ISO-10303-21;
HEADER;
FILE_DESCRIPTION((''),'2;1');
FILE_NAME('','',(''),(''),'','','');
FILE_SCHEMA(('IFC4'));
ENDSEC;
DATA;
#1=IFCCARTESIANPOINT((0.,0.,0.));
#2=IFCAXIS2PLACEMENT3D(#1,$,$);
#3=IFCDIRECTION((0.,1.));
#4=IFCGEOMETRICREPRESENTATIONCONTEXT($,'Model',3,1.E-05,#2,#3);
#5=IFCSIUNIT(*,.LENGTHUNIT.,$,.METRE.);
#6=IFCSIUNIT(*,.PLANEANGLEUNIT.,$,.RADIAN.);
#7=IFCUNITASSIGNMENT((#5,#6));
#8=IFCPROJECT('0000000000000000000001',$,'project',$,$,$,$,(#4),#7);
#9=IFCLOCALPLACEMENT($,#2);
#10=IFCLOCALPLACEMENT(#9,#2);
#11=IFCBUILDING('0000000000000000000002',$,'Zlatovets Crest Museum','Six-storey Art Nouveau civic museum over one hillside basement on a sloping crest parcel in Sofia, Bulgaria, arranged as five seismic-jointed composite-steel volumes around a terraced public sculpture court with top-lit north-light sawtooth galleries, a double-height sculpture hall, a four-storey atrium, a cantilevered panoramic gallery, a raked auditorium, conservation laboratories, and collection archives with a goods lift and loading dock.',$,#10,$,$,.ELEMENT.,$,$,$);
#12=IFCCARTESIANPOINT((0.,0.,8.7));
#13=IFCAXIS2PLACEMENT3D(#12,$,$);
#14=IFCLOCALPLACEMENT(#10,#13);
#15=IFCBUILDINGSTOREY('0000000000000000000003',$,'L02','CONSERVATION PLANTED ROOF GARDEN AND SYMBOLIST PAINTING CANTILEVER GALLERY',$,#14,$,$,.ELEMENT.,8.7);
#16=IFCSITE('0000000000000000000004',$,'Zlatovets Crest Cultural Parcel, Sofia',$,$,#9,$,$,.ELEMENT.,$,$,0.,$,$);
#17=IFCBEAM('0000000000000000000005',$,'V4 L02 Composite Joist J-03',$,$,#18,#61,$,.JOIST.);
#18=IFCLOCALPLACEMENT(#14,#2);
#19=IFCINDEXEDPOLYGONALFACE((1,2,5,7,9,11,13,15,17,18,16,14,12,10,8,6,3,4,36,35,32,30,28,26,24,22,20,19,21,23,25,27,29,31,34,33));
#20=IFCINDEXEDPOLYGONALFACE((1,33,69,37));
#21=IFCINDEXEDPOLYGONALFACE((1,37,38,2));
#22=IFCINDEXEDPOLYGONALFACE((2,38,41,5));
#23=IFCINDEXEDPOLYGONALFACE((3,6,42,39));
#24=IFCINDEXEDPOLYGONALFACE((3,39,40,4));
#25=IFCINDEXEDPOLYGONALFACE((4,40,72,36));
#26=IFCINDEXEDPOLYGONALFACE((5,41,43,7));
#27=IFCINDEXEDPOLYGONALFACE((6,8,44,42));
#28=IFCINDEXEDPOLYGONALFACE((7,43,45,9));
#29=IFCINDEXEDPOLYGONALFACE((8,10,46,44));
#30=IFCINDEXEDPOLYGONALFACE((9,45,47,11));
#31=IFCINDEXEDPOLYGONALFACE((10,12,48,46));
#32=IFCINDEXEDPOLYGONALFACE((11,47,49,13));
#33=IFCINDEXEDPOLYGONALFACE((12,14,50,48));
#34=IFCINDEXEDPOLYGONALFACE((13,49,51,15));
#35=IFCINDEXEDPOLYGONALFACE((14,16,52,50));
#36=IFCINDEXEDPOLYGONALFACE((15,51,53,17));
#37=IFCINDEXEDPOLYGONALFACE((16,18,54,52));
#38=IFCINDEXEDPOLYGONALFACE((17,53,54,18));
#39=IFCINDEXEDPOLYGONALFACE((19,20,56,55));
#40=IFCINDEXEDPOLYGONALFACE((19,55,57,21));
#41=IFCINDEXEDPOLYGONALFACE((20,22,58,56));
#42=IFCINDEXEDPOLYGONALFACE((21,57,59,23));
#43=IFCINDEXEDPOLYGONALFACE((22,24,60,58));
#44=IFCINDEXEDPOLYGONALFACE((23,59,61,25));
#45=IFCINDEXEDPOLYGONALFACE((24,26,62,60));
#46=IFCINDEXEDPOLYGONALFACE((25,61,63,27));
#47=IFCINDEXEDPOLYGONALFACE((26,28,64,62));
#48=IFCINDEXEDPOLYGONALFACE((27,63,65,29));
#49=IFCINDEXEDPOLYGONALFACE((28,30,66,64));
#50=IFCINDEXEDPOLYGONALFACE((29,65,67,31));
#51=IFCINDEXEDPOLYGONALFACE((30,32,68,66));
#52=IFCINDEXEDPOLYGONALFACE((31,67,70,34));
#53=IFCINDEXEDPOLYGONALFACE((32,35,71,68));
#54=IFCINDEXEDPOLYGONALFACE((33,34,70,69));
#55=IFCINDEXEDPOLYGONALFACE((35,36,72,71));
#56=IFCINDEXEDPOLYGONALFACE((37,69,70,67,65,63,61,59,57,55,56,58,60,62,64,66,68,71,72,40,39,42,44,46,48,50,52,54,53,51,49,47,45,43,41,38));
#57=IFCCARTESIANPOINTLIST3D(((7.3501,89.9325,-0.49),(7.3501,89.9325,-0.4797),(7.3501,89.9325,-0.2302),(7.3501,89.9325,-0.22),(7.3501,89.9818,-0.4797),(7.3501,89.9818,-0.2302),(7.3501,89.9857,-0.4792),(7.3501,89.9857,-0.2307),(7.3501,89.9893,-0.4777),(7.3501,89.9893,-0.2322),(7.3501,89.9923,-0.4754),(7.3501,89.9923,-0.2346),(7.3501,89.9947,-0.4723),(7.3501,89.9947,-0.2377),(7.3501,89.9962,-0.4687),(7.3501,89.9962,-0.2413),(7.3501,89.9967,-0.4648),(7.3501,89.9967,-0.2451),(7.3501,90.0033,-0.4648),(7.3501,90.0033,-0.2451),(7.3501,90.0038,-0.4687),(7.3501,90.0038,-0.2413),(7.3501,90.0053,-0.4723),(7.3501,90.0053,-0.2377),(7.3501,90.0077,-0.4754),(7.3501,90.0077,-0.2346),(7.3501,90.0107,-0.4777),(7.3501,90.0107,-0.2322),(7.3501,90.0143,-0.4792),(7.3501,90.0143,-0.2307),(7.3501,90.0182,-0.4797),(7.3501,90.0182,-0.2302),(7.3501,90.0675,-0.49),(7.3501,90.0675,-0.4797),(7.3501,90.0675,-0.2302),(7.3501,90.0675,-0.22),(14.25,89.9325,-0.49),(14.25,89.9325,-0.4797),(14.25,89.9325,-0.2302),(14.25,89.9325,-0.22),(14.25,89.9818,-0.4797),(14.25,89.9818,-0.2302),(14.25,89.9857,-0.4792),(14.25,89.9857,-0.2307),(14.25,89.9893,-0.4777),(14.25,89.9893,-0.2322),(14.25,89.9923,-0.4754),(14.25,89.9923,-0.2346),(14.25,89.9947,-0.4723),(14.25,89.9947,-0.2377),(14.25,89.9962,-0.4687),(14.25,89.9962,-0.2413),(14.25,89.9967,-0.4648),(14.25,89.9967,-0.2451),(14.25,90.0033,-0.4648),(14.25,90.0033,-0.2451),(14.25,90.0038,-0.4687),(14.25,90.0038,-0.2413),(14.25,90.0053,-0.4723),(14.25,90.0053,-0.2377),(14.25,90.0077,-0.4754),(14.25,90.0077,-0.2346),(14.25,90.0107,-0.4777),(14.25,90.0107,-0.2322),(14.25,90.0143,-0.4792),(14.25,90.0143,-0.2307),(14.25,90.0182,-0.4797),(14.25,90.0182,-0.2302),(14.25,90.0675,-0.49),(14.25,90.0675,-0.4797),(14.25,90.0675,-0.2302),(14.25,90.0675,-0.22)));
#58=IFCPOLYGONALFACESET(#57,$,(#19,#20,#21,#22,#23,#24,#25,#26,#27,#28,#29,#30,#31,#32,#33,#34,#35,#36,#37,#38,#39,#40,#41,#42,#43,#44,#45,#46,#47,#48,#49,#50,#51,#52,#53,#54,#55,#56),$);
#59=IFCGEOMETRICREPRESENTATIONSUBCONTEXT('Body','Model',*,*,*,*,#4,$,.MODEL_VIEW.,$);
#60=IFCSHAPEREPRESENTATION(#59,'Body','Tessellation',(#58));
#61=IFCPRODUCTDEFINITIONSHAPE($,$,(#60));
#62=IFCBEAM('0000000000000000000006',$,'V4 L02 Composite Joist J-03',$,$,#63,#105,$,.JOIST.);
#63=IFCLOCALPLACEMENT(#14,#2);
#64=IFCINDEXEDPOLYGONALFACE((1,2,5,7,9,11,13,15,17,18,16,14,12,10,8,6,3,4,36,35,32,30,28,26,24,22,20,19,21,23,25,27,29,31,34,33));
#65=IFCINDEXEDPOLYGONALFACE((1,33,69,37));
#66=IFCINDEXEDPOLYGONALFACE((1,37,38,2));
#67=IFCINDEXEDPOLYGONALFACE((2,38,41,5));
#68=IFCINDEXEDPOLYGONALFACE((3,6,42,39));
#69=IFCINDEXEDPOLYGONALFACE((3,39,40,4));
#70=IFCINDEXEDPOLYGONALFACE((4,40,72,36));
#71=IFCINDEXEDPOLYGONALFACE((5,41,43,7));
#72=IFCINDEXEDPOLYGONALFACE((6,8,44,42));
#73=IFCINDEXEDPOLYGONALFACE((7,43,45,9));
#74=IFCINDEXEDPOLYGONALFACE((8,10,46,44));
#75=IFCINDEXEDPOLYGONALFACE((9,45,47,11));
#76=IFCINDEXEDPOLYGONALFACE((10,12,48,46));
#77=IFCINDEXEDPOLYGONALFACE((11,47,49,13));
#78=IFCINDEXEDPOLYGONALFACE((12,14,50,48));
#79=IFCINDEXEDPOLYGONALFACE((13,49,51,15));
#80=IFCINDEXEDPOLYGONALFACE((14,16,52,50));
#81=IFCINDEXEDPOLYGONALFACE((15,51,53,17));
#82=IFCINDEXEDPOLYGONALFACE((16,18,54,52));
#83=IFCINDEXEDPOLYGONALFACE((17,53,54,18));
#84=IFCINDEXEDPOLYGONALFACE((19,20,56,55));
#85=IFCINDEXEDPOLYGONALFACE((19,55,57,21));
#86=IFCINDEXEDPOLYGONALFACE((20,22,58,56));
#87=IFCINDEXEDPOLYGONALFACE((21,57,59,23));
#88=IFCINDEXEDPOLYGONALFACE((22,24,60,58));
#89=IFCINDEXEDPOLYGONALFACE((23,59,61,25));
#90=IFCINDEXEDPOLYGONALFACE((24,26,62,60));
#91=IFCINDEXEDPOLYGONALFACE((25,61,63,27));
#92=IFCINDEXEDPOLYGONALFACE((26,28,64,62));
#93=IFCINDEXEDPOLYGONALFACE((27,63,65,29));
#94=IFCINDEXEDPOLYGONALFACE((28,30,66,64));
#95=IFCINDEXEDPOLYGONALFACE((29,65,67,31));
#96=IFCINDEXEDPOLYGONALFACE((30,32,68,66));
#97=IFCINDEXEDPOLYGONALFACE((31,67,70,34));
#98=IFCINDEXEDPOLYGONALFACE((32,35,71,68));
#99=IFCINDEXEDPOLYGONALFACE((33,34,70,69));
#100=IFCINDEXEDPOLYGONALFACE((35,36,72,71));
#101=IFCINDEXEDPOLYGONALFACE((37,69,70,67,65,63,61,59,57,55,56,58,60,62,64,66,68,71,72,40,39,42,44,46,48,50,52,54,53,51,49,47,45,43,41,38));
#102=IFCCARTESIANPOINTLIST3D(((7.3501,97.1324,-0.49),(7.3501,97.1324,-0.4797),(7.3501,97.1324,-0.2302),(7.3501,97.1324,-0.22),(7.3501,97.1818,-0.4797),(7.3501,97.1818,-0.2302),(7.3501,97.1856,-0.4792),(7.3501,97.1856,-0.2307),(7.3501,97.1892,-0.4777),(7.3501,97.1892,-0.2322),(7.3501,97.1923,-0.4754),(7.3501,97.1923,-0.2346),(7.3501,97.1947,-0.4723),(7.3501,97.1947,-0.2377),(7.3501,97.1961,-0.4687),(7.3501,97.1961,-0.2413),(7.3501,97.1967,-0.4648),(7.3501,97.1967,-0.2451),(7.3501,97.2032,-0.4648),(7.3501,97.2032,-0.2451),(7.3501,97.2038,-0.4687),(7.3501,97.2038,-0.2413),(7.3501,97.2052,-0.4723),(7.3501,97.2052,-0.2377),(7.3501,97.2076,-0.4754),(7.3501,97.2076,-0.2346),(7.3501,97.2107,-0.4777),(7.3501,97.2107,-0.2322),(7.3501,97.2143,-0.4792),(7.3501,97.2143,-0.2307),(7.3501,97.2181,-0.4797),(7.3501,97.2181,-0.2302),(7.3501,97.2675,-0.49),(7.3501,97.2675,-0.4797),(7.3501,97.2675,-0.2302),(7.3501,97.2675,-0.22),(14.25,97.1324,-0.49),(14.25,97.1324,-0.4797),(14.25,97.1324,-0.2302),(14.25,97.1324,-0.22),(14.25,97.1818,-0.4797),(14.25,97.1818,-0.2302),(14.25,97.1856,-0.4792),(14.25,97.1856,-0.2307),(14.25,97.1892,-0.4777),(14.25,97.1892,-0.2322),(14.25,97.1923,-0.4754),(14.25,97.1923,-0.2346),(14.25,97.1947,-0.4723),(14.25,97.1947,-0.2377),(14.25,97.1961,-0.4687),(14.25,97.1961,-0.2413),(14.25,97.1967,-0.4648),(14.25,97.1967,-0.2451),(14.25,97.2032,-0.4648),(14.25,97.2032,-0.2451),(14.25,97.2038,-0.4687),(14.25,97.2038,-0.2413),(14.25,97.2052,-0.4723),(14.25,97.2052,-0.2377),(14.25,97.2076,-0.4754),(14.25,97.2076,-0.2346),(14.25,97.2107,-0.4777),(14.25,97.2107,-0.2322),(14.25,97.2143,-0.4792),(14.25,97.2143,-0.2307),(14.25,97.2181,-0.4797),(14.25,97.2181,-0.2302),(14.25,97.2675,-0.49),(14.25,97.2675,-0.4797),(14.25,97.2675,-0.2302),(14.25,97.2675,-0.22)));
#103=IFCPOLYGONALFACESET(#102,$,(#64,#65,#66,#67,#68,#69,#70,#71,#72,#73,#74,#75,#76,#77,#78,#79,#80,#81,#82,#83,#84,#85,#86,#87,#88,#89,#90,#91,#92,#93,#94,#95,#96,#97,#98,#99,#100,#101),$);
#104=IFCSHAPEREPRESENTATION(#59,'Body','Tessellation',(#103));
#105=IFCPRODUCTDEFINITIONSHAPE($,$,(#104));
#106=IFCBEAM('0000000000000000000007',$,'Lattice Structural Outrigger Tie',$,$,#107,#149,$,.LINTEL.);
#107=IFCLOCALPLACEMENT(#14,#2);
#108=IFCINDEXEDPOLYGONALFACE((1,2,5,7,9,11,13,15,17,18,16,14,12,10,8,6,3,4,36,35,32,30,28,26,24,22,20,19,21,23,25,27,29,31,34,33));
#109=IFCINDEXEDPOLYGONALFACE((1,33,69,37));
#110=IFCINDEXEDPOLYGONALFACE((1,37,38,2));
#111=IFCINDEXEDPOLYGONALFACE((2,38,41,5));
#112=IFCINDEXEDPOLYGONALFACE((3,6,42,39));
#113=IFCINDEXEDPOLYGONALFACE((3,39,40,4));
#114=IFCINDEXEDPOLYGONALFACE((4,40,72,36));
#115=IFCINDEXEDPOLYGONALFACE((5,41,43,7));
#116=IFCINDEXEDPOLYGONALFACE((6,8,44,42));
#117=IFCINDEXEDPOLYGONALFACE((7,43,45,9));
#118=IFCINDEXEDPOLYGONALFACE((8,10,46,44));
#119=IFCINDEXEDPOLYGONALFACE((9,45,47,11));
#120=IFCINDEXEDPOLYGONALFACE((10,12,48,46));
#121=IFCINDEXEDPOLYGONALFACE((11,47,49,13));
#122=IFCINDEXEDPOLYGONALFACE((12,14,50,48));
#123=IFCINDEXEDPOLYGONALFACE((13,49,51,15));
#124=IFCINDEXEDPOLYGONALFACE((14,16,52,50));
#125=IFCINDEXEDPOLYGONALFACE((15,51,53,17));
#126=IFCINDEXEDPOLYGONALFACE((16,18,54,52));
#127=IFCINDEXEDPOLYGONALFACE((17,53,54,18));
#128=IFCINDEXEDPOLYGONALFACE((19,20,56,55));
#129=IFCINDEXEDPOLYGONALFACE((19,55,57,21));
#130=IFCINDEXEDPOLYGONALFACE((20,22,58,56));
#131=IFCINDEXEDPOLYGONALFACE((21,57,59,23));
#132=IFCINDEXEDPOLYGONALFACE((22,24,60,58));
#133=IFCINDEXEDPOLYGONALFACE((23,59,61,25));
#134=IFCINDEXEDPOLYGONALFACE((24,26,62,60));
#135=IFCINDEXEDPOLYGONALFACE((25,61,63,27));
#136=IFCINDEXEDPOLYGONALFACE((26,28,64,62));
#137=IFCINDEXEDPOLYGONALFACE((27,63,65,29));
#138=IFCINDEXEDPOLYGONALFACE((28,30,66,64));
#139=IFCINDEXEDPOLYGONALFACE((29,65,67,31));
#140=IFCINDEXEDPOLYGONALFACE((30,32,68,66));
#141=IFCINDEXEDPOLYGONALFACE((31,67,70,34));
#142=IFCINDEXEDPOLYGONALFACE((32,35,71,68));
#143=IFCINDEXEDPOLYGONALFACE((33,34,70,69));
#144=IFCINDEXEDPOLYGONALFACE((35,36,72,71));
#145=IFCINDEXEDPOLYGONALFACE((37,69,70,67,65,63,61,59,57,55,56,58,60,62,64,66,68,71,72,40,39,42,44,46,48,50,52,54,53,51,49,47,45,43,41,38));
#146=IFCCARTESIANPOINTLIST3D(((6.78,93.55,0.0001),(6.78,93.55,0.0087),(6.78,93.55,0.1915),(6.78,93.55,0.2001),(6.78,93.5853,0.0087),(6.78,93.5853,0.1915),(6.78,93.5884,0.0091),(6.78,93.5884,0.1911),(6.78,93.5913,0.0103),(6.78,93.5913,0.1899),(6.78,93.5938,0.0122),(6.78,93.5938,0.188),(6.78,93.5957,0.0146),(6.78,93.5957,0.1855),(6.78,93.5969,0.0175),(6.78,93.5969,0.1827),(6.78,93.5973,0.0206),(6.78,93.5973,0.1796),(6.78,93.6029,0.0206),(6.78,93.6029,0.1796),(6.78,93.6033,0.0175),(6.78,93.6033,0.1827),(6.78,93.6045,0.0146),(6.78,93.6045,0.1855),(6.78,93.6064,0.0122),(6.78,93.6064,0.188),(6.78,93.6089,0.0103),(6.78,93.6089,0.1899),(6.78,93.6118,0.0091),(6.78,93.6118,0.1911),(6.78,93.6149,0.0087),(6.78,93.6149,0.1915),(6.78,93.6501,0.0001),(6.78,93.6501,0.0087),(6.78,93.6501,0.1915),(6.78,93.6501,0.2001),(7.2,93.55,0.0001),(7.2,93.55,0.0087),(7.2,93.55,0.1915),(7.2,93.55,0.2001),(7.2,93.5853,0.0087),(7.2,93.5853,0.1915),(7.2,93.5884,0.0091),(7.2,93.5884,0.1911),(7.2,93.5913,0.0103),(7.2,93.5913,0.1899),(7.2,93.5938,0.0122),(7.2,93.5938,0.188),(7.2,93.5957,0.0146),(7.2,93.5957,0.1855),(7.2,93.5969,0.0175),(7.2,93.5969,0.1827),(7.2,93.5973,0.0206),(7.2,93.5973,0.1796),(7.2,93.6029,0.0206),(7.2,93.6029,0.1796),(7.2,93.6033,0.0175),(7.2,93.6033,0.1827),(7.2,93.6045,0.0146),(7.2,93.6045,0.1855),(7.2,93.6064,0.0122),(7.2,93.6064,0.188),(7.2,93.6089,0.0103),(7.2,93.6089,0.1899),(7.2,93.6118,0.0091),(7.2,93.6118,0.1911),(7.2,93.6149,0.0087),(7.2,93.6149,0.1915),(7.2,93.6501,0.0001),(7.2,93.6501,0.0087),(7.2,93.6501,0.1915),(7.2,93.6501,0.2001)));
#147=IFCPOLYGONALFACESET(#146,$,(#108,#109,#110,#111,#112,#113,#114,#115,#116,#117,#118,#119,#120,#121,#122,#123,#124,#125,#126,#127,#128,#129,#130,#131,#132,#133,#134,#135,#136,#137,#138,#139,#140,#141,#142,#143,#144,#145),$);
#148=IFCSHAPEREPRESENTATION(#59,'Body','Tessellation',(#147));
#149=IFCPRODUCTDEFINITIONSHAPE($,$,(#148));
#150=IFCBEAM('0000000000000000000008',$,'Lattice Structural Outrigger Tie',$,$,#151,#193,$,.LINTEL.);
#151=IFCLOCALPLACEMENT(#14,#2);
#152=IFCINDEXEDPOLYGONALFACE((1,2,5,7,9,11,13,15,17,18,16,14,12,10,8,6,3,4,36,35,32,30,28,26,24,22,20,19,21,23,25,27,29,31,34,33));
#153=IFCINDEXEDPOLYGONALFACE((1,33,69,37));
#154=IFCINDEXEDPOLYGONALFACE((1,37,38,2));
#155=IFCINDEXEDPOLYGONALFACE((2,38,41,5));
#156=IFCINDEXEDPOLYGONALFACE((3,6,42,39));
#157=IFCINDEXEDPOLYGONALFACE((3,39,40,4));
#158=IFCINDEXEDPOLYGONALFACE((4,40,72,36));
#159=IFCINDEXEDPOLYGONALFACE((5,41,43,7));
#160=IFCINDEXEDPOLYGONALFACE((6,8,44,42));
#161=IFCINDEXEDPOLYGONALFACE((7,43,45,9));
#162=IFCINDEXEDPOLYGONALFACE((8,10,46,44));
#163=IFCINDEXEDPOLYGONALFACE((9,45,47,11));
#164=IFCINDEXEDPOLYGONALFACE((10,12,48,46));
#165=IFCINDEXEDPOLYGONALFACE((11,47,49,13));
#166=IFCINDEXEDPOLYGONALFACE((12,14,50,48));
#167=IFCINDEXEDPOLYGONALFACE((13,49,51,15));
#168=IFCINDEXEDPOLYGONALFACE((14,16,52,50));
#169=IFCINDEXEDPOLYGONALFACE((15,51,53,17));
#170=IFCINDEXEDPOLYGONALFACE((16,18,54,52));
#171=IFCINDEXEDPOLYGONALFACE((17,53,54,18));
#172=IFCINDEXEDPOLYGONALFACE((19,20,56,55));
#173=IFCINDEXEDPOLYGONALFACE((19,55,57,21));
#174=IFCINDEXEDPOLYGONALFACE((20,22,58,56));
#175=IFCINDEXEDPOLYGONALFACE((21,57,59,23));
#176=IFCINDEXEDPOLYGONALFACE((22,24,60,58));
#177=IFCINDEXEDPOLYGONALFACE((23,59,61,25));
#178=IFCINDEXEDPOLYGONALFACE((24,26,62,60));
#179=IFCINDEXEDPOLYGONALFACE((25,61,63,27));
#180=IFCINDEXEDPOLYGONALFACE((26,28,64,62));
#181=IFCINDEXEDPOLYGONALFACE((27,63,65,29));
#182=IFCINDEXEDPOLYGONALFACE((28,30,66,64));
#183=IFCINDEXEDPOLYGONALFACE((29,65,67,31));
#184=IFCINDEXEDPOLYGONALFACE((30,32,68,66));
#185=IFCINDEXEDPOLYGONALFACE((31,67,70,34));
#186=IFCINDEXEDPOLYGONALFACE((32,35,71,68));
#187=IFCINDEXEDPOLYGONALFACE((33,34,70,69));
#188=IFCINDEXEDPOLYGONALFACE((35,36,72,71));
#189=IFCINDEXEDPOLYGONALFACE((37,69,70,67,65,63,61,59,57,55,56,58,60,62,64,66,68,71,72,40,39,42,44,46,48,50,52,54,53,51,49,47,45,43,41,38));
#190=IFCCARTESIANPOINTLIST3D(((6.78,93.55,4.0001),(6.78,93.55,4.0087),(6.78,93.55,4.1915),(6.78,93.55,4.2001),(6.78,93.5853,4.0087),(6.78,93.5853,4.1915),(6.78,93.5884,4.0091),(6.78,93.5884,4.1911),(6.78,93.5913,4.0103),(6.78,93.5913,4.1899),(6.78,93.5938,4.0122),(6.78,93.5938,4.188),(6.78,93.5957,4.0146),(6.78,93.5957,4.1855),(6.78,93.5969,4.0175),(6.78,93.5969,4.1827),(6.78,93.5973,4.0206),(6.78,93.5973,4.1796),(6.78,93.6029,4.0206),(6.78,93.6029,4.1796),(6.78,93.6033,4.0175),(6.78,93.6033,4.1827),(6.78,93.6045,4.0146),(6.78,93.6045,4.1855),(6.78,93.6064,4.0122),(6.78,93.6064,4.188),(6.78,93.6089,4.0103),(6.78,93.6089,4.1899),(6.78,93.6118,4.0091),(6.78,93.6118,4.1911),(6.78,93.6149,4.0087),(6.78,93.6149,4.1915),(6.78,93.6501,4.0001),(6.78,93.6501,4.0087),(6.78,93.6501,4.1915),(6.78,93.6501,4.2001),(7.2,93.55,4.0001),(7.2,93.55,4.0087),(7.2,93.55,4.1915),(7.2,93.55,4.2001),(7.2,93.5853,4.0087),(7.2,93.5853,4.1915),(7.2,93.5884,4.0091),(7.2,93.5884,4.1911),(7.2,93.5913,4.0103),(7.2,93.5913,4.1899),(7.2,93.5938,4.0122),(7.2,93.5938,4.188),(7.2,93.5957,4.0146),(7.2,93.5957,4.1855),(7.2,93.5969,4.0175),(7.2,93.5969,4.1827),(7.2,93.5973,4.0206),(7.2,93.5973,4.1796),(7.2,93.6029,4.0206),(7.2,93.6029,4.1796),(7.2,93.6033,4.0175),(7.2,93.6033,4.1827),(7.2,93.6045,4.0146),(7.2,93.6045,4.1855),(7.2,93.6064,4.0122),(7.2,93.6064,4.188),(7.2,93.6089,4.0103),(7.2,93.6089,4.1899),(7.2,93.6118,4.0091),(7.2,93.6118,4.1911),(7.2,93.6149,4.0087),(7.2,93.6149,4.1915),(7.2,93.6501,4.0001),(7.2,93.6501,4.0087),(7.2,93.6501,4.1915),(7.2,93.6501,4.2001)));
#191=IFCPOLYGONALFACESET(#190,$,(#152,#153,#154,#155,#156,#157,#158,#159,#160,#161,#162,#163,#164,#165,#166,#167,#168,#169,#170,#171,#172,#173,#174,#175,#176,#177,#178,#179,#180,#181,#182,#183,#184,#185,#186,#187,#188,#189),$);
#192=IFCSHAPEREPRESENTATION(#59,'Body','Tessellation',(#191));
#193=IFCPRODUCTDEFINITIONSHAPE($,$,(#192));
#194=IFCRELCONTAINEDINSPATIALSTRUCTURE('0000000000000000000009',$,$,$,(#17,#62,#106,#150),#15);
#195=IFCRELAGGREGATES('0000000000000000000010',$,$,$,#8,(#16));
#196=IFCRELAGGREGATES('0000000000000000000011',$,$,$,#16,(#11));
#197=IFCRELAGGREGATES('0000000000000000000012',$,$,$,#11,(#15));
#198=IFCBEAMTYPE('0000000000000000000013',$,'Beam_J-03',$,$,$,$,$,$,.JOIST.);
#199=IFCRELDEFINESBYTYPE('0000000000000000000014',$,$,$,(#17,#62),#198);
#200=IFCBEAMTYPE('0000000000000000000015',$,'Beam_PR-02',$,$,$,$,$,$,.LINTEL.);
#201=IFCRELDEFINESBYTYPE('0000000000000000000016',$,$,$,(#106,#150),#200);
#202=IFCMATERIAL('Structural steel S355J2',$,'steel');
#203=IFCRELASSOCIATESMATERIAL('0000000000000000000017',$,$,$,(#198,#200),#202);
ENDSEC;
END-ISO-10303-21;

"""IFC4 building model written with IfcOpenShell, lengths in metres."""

from ifc_helpers import new_model, si_unit, direction, frame, origin, origin_2d, place, context, subcontext, project, spatial, i_section, extrude, material, material_profile, profile_set, type_object, element, save


model = new_model("IFC4")

# Units and contexts
model_context = context("Model", 3, precision=1e-05, world=origin(), true_north=direction((0.0, 1.0)))
body_context = subcontext(model_context, "Body", "Model", "MODEL_VIEW")
ifc_project = project(units=[si_unit("LENGTHUNIT", "METRE"), si_unit("PLANEANGLEUNIT", "RADIAN")], contexts=[model_context])

# Site, building, storey
site_placement = place(None, origin())
site = spatial("IfcSite", under=ifc_project, at=site_placement, Name="Zlatovets Crest Cultural Parcel, Sofia", CompositionType="ELEMENT", RefElevation=0.0)
building_placement = place(site_placement, origin())
building = spatial("IfcBuilding", under=site, at=building_placement, Name="Zlatovets Crest Museum", Description="Six-storey Art Nouveau civic museum over one hillside basement on a sloping crest parcel in Sofia, Bulgaria, arranged as five seismic-jointed composite-steel volumes around a terraced public sculpture court with top-lit north-light sawtooth galleries, a double-height sculpture hall, a four-storey atrium, a cantilevered panoramic gallery, a raked auditorium, conservation laboratories, and collection archives with a goods lift and loading dock.", CompositionType="ELEMENT")
storey_placement = place(building_placement, frame((0.0, 0.0, 8.7)))
storey = spatial("IfcBuildingStorey", under=building, at=storey_placement, Name="L02", Description="CONSERVATION PLANTED ROOF GARDEN AND SYMBOLIST PAINTING CANTILEVER GALLERY", CompositionType="ELEMENT", Elevation=8.7)

# Shared definitions
ifc_material_1 = material(Name="Structural steel S355J2", Category="steel")

# Beams
ifc_material_profile_1 = material_profile(ifc_material_1, i_section(OverallWidth=0.135, OverallDepth=0.27, WebThickness=0.0066, FlangeThickness=0.0103, FilletRadius=0.0149, at=origin_2d()), Name="IPE 270")
ifc_profile_set_1 = profile_set([ifc_material_profile_1], Name="Structural steel S355J2")
beam_type_1 = type_object("IfcBeamType", Name="Beam_J-03", PredefinedType="JOIST", material=ifc_profile_set_1)
for number, where, z_axis, x_axis, name in (
    (1, (7.3501, 90.0, -0.355), (1.0, 0.0, 0.0), (0.0, 1.0, 0.0), "V4 L02 Composite Joist J-03"),
    (2, (7.3501, 97.2, -0.355), (1.0, 0.0, 0.0), (0.0, 1.0, 0.0), "V4 L02 Composite Joist J-03"),
):
    element("IfcBeam", number, at=place(storey_placement, frame(where, z_axis=z_axis, x_axis=x_axis)), inside=storey, type_object=beam_type_1, Name=name, PredefinedType="JOIST", context=body_context, shape_type="SweptSolid", body=[
        extrude(i_section(OverallWidth=0.135, OverallDepth=0.27, WebThickness=0.0066, FlangeThickness=0.0103, FilletRadius=0.0149, at=origin_2d()), origin(), (0.0, 0.0, 1.0), 6.8999),
    ])
ifc_material_profile_2 = material_profile(ifc_material_1, i_section(OverallWidth=0.1001, OverallDepth=0.2, WebThickness=0.0056, FlangeThickness=0.0085, FilletRadius=0.012, at=origin_2d()), Name="IPE 200")
ifc_profile_set_2 = profile_set([ifc_material_profile_2], Name="Structural steel S355J2")
beam_type_2 = type_object("IfcBeamType", Name="Beam_PR-02", PredefinedType="LINTEL", material=ifc_profile_set_2)
for number, where, z_axis, x_axis, name in (
    (3, (7.2, 93.6001, 0.1001), (-1.0, 0.0, 0.0), (0.0, -1.0, 0.0), "Lattice Structural Outrigger Tie"),
    (4, (7.2, 93.6001, 4.1001), (-1.0, 0.0, 0.0), (0.0, -1.0, 0.0), "Lattice Structural Outrigger Tie"),
):
    element("IfcBeam", number, at=place(storey_placement, frame(where, z_axis=z_axis, x_axis=x_axis)), inside=storey, type_object=beam_type_2, Name=name, PredefinedType="LINTEL", context=body_context, shape_type="SweptSolid", body=[
        extrude(i_section(OverallWidth=0.1001, OverallDepth=0.2, WebThickness=0.0056, FlangeThickness=0.0085, FilletRadius=0.012, at=origin_2d()), origin(), (0.0, 0.0, 1.0), 0.4199),
    ])

save(model, "model.ifc")
